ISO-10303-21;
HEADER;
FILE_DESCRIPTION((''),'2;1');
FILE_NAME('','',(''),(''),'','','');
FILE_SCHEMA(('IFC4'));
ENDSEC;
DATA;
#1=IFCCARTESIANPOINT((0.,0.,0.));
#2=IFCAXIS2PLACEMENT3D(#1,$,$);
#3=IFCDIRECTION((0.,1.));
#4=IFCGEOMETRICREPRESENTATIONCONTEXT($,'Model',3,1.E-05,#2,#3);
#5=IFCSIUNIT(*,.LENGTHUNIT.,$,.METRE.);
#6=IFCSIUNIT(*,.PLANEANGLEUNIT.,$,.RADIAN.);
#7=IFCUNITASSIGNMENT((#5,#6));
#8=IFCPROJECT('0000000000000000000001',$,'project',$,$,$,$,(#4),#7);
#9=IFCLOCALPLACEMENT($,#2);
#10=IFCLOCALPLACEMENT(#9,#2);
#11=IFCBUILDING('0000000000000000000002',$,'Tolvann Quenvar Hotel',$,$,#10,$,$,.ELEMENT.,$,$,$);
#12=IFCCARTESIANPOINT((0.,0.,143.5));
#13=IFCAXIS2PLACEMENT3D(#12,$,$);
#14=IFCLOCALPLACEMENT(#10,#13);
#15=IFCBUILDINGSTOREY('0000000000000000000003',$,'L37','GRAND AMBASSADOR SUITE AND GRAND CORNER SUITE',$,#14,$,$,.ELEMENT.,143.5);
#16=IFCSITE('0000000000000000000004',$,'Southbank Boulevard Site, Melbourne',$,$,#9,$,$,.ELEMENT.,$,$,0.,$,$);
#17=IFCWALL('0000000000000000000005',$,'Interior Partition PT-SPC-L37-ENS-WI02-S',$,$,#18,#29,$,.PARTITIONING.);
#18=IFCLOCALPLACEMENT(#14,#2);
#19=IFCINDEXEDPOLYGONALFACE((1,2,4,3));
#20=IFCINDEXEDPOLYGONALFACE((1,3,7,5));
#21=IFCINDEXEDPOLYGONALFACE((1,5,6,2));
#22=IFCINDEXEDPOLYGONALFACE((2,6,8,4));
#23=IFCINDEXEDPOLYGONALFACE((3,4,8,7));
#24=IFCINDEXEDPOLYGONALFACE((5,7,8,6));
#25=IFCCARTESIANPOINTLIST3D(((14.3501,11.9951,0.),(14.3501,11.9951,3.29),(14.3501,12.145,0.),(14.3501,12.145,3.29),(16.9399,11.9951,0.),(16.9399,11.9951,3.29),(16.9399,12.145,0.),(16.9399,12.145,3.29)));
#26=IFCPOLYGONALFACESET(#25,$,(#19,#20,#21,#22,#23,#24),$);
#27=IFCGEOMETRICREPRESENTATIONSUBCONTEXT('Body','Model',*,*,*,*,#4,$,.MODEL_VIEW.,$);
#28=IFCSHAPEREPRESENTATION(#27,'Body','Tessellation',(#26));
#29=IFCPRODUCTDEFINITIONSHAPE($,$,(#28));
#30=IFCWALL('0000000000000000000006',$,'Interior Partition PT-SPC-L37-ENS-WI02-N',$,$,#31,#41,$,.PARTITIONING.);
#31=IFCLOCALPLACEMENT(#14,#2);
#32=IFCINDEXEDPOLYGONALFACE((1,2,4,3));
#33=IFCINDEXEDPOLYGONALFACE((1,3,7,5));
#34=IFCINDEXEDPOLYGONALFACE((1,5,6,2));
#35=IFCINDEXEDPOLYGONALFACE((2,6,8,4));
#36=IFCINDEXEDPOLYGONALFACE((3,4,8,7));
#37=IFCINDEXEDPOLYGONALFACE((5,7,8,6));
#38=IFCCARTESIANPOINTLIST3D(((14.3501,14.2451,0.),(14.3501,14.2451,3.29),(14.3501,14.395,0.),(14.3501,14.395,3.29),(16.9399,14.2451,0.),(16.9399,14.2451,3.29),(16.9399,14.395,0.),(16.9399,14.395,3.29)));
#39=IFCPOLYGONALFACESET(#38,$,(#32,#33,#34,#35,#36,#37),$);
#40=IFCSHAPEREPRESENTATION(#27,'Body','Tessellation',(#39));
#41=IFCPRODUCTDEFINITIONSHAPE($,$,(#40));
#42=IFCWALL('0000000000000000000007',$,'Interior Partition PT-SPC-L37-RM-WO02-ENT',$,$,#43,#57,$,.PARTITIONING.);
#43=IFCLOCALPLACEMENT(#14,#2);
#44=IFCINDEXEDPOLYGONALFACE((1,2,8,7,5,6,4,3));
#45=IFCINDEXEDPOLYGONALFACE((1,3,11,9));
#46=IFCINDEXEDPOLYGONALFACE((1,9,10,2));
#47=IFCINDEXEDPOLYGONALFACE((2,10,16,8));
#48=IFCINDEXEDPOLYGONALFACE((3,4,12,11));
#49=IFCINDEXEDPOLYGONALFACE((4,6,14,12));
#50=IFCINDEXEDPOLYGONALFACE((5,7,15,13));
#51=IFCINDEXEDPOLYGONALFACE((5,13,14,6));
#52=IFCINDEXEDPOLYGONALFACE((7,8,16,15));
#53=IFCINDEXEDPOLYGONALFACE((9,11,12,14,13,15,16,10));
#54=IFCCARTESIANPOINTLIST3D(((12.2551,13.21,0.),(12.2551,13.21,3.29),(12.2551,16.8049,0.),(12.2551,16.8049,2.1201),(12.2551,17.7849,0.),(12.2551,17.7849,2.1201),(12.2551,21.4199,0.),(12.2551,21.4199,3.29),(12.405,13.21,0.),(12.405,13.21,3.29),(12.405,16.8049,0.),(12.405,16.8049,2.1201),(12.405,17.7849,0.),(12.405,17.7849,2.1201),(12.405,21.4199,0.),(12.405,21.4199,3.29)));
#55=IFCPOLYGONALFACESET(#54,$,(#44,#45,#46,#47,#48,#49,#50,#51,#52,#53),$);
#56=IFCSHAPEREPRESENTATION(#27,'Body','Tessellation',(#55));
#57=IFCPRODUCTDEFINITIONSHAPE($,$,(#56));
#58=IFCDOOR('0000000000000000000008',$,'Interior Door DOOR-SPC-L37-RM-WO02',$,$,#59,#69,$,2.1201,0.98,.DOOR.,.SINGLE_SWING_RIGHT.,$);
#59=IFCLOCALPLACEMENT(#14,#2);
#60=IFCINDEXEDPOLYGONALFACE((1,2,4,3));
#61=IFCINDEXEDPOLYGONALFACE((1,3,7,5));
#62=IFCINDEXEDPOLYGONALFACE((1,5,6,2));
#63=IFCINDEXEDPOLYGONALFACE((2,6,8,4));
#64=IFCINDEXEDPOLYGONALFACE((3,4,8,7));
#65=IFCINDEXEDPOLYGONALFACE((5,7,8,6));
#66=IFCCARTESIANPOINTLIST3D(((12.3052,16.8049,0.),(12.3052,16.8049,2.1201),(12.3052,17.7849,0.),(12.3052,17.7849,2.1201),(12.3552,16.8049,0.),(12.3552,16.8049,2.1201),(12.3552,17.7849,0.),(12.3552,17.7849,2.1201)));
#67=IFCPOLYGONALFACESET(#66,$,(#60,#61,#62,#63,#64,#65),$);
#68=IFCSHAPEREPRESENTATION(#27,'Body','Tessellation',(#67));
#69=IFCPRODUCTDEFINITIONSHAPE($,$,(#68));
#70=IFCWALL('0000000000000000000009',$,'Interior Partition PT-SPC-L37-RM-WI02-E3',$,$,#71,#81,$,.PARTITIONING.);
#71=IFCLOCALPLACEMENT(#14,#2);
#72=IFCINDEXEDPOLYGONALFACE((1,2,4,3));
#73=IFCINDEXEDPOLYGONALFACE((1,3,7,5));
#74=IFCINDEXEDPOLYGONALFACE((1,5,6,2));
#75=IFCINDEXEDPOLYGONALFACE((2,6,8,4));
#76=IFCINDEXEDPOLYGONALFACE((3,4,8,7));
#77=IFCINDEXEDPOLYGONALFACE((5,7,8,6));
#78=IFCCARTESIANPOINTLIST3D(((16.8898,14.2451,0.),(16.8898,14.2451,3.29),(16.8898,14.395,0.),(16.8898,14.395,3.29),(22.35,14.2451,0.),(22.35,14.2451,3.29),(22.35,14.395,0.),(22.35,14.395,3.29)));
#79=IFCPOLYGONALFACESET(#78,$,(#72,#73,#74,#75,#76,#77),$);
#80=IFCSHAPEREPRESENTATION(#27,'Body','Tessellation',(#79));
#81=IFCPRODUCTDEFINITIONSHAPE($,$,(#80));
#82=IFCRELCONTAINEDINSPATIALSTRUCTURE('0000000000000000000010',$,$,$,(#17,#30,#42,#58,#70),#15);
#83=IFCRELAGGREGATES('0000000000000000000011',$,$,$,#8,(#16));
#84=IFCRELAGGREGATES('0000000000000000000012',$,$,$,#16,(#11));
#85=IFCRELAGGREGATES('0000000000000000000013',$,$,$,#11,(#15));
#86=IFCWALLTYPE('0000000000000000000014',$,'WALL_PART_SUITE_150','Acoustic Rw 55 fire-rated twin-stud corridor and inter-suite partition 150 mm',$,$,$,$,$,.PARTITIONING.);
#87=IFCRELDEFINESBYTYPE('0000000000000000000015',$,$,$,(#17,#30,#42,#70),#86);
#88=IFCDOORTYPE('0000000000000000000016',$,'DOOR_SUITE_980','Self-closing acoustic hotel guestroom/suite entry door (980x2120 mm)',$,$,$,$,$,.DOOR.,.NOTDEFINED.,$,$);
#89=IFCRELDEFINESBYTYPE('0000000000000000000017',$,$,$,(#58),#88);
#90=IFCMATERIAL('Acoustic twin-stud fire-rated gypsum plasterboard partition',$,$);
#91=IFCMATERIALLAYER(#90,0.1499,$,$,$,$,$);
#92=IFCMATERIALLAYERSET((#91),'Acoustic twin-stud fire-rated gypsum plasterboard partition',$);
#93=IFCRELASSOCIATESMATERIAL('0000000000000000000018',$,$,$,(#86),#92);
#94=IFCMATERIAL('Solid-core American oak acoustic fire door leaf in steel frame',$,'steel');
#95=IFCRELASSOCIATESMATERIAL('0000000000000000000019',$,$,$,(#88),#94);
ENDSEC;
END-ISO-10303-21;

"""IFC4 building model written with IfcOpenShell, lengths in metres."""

from ifc_helpers import new_model, si_unit, direction, frame, frame_2d, origin, place, context, subcontext, project, spatial, rectangle, extrude, source, transform, mapped, material, layer, layer_set, type_object, type_shapes, element, fill, save


model = new_model("IFC4")

# Units and contexts
model_context = context("Model", 3, precision=1e-05, world=origin(), true_north=direction((0.0, 1.0)))
body_context = subcontext(model_context, "Body", "Model", "MODEL_VIEW")
ifc_project = project(units=[si_unit("LENGTHUNIT", "METRE"), si_unit("PLANEANGLEUNIT", "RADIAN")], contexts=[model_context])

# Site, building, storey
site_placement = place(None, origin())
site = spatial("IfcSite", under=ifc_project, at=site_placement, Name="Southbank Boulevard Site, Melbourne", CompositionType="ELEMENT", RefElevation=0.0)
building_placement = place(site_placement, origin())
building = spatial("IfcBuilding", under=site, at=building_placement, Name="Tolvann Quenvar Hotel", CompositionType="ELEMENT")
storey_placement = place(building_placement, frame((0.0, 0.0, 143.5)))
storey = spatial("IfcBuildingStorey", under=building, at=storey_placement, Name="L37", Description="GRAND AMBASSADOR SUITE AND GRAND CORNER SUITE", CompositionType="ELEMENT", Elevation=143.5)

# Shared definitions
ifc_material_1 = material(Name="Acoustic twin-stud fire-rated gypsum plasterboard partition")
ifc_layer_1 = layer(ifc_material_1, 0.1499)
ifc_layer_set_1 = layer_set([ifc_layer_1], Name="Acoustic twin-stud fire-rated gypsum plasterboard partition")
wall_type_1 = type_object("IfcWallType", Name="WALL_PART_SUITE_150", Description="Acoustic Rw 55 fire-rated twin-stud corridor and inter-suite partition 150 mm", PredefinedType="PARTITIONING", material=ifc_layer_set_1)
ifc_material_2 = material(Name="Solid-core American oak acoustic fire door leaf in steel frame", Category="steel")

# Walls
for number, where, z_axis, x_axis, name in (
    (1, (14.3501, 12.0701, 0.0), (0.0, 0.0, 1.0), (1.0, 0.0, 0.0), "Interior Partition PT-SPC-L37-ENS-WI02-S"),
    (2, (14.3501, 14.3201, 0.0), (0.0, 0.0, 1.0), (1.0, 0.0, 0.0), "Interior Partition PT-SPC-L37-ENS-WI02-N"),
):
    element("IfcWall", number, at=place(storey_placement, frame(where, z_axis=z_axis, x_axis=x_axis)), inside=storey, type_object=wall_type_1, Name=name, PredefinedType="PARTITIONING", context=body_context, shape_type="SweptSolid", body=[
        extrude(rectangle(XDim=2.5898, YDim=0.1499, at=frame_2d((1.2949, 0.0))), origin(), (0.0, 0.0, 1.0), 3.29),
    ])

# Wall, opening, door
wall_1_placement = place(storey_placement, frame((12.3301, 13.21, 0.0), z_axis=(0.0, 0.0, 1.0), x_axis=(0.0, 1.0, 0.0)))
wall_1 = element("IfcWall", 3, at=wall_1_placement, inside=storey, type_object=wall_type_1, Name="Interior Partition PT-SPC-L37-RM-WO02-ENT", PredefinedType="PARTITIONING", context=body_context, shape_type="SweptSolid", body=[
    extrude(rectangle(XDim=8.21, YDim=0.1499, at=frame_2d((4.105, 0.0))), origin(), (0.0, 0.0, 1.0), 3.29),
])
opening_1_placement = place(wall_1_placement, frame((3.595, 0.0, 0.0)))
opening_1 = element("IfcOpeningElement", 4, at=opening_1_placement, cuts=wall_1, PredefinedType="OPENING", context=body_context, shape_type="SweptSolid", body=[
    extrude(rectangle(XDim=0.98, YDim=2.1201, at=frame_2d((0.49, 1.0601))), frame((0.0, 0.085, 0.0), z_axis=(0.0, -1.0, 0.0), x_axis=(1.0, 0.0, 0.0)), (0.0, 0.0, 1.0), 0.1699),
])
door_type_1 = type_object("IfcDoorType", Name="DOOR_SUITE_980", Description="Self-closing acoustic hotel guestroom/suite entry door (980x2120 mm)", OperationType="NOTDEFINED", PredefinedType="DOOR", material=ifc_material_2)
shared_shape_1 = source(origin(), body_context, "Body", "SweptSolid", [
    extrude(rectangle(XDim=0.98, YDim=2.1201, at=frame_2d((0.49, 1.0601))), frame((0.0, 0.0249, 0.0), z_axis=(0.0, -1.0, 0.0), x_axis=(1.0, 0.0, 0.0)), (0.0, 0.0, 1.0), 0.05),
])
type_shapes(door_type_1, [shared_shape_1])
door_1_placement = place(opening_1_placement, origin())
door_1 = element("IfcDoor", 5, at=door_1_placement, inside=storey, type_object=door_type_1, Name="Interior Door DOOR-SPC-L37-RM-WO02", OperationType="SINGLE_SWING_RIGHT", OverallHeight=2.1201, OverallWidth=0.98, PredefinedType="DOOR", context=body_context, shape_type="MappedRepresentation", body=[
    mapped(shared_shape_1, transform((0.0, 0.0, 0.0), x_axis=(1.0, 0.0, 0.0), y_axis=(0.0, 1.0, 0.0), z_axis=(0.0, 0.0, 1.0), scale=1.0)),
])
fill(opening_1, door_1)

# Wall
wall_2_placement = place(storey_placement, frame((16.8899, 14.3201, 0.0), z_axis=(0.0, 0.0, 1.0), x_axis=(1.0, 0.0, 0.0)))
element("IfcWall", 6, at=wall_2_placement, inside=storey, type_object=wall_type_1, Name="Interior Partition PT-SPC-L37-RM-WI02-E3", PredefinedType="PARTITIONING", context=body_context, shape_type="SweptSolid", body=[
    extrude(rectangle(XDim=5.4602, YDim=0.1499, at=frame_2d((2.73, 0.0))), origin(), (0.0, 0.0, 1.0), 3.29),
])

save(model, "model.ifc")
